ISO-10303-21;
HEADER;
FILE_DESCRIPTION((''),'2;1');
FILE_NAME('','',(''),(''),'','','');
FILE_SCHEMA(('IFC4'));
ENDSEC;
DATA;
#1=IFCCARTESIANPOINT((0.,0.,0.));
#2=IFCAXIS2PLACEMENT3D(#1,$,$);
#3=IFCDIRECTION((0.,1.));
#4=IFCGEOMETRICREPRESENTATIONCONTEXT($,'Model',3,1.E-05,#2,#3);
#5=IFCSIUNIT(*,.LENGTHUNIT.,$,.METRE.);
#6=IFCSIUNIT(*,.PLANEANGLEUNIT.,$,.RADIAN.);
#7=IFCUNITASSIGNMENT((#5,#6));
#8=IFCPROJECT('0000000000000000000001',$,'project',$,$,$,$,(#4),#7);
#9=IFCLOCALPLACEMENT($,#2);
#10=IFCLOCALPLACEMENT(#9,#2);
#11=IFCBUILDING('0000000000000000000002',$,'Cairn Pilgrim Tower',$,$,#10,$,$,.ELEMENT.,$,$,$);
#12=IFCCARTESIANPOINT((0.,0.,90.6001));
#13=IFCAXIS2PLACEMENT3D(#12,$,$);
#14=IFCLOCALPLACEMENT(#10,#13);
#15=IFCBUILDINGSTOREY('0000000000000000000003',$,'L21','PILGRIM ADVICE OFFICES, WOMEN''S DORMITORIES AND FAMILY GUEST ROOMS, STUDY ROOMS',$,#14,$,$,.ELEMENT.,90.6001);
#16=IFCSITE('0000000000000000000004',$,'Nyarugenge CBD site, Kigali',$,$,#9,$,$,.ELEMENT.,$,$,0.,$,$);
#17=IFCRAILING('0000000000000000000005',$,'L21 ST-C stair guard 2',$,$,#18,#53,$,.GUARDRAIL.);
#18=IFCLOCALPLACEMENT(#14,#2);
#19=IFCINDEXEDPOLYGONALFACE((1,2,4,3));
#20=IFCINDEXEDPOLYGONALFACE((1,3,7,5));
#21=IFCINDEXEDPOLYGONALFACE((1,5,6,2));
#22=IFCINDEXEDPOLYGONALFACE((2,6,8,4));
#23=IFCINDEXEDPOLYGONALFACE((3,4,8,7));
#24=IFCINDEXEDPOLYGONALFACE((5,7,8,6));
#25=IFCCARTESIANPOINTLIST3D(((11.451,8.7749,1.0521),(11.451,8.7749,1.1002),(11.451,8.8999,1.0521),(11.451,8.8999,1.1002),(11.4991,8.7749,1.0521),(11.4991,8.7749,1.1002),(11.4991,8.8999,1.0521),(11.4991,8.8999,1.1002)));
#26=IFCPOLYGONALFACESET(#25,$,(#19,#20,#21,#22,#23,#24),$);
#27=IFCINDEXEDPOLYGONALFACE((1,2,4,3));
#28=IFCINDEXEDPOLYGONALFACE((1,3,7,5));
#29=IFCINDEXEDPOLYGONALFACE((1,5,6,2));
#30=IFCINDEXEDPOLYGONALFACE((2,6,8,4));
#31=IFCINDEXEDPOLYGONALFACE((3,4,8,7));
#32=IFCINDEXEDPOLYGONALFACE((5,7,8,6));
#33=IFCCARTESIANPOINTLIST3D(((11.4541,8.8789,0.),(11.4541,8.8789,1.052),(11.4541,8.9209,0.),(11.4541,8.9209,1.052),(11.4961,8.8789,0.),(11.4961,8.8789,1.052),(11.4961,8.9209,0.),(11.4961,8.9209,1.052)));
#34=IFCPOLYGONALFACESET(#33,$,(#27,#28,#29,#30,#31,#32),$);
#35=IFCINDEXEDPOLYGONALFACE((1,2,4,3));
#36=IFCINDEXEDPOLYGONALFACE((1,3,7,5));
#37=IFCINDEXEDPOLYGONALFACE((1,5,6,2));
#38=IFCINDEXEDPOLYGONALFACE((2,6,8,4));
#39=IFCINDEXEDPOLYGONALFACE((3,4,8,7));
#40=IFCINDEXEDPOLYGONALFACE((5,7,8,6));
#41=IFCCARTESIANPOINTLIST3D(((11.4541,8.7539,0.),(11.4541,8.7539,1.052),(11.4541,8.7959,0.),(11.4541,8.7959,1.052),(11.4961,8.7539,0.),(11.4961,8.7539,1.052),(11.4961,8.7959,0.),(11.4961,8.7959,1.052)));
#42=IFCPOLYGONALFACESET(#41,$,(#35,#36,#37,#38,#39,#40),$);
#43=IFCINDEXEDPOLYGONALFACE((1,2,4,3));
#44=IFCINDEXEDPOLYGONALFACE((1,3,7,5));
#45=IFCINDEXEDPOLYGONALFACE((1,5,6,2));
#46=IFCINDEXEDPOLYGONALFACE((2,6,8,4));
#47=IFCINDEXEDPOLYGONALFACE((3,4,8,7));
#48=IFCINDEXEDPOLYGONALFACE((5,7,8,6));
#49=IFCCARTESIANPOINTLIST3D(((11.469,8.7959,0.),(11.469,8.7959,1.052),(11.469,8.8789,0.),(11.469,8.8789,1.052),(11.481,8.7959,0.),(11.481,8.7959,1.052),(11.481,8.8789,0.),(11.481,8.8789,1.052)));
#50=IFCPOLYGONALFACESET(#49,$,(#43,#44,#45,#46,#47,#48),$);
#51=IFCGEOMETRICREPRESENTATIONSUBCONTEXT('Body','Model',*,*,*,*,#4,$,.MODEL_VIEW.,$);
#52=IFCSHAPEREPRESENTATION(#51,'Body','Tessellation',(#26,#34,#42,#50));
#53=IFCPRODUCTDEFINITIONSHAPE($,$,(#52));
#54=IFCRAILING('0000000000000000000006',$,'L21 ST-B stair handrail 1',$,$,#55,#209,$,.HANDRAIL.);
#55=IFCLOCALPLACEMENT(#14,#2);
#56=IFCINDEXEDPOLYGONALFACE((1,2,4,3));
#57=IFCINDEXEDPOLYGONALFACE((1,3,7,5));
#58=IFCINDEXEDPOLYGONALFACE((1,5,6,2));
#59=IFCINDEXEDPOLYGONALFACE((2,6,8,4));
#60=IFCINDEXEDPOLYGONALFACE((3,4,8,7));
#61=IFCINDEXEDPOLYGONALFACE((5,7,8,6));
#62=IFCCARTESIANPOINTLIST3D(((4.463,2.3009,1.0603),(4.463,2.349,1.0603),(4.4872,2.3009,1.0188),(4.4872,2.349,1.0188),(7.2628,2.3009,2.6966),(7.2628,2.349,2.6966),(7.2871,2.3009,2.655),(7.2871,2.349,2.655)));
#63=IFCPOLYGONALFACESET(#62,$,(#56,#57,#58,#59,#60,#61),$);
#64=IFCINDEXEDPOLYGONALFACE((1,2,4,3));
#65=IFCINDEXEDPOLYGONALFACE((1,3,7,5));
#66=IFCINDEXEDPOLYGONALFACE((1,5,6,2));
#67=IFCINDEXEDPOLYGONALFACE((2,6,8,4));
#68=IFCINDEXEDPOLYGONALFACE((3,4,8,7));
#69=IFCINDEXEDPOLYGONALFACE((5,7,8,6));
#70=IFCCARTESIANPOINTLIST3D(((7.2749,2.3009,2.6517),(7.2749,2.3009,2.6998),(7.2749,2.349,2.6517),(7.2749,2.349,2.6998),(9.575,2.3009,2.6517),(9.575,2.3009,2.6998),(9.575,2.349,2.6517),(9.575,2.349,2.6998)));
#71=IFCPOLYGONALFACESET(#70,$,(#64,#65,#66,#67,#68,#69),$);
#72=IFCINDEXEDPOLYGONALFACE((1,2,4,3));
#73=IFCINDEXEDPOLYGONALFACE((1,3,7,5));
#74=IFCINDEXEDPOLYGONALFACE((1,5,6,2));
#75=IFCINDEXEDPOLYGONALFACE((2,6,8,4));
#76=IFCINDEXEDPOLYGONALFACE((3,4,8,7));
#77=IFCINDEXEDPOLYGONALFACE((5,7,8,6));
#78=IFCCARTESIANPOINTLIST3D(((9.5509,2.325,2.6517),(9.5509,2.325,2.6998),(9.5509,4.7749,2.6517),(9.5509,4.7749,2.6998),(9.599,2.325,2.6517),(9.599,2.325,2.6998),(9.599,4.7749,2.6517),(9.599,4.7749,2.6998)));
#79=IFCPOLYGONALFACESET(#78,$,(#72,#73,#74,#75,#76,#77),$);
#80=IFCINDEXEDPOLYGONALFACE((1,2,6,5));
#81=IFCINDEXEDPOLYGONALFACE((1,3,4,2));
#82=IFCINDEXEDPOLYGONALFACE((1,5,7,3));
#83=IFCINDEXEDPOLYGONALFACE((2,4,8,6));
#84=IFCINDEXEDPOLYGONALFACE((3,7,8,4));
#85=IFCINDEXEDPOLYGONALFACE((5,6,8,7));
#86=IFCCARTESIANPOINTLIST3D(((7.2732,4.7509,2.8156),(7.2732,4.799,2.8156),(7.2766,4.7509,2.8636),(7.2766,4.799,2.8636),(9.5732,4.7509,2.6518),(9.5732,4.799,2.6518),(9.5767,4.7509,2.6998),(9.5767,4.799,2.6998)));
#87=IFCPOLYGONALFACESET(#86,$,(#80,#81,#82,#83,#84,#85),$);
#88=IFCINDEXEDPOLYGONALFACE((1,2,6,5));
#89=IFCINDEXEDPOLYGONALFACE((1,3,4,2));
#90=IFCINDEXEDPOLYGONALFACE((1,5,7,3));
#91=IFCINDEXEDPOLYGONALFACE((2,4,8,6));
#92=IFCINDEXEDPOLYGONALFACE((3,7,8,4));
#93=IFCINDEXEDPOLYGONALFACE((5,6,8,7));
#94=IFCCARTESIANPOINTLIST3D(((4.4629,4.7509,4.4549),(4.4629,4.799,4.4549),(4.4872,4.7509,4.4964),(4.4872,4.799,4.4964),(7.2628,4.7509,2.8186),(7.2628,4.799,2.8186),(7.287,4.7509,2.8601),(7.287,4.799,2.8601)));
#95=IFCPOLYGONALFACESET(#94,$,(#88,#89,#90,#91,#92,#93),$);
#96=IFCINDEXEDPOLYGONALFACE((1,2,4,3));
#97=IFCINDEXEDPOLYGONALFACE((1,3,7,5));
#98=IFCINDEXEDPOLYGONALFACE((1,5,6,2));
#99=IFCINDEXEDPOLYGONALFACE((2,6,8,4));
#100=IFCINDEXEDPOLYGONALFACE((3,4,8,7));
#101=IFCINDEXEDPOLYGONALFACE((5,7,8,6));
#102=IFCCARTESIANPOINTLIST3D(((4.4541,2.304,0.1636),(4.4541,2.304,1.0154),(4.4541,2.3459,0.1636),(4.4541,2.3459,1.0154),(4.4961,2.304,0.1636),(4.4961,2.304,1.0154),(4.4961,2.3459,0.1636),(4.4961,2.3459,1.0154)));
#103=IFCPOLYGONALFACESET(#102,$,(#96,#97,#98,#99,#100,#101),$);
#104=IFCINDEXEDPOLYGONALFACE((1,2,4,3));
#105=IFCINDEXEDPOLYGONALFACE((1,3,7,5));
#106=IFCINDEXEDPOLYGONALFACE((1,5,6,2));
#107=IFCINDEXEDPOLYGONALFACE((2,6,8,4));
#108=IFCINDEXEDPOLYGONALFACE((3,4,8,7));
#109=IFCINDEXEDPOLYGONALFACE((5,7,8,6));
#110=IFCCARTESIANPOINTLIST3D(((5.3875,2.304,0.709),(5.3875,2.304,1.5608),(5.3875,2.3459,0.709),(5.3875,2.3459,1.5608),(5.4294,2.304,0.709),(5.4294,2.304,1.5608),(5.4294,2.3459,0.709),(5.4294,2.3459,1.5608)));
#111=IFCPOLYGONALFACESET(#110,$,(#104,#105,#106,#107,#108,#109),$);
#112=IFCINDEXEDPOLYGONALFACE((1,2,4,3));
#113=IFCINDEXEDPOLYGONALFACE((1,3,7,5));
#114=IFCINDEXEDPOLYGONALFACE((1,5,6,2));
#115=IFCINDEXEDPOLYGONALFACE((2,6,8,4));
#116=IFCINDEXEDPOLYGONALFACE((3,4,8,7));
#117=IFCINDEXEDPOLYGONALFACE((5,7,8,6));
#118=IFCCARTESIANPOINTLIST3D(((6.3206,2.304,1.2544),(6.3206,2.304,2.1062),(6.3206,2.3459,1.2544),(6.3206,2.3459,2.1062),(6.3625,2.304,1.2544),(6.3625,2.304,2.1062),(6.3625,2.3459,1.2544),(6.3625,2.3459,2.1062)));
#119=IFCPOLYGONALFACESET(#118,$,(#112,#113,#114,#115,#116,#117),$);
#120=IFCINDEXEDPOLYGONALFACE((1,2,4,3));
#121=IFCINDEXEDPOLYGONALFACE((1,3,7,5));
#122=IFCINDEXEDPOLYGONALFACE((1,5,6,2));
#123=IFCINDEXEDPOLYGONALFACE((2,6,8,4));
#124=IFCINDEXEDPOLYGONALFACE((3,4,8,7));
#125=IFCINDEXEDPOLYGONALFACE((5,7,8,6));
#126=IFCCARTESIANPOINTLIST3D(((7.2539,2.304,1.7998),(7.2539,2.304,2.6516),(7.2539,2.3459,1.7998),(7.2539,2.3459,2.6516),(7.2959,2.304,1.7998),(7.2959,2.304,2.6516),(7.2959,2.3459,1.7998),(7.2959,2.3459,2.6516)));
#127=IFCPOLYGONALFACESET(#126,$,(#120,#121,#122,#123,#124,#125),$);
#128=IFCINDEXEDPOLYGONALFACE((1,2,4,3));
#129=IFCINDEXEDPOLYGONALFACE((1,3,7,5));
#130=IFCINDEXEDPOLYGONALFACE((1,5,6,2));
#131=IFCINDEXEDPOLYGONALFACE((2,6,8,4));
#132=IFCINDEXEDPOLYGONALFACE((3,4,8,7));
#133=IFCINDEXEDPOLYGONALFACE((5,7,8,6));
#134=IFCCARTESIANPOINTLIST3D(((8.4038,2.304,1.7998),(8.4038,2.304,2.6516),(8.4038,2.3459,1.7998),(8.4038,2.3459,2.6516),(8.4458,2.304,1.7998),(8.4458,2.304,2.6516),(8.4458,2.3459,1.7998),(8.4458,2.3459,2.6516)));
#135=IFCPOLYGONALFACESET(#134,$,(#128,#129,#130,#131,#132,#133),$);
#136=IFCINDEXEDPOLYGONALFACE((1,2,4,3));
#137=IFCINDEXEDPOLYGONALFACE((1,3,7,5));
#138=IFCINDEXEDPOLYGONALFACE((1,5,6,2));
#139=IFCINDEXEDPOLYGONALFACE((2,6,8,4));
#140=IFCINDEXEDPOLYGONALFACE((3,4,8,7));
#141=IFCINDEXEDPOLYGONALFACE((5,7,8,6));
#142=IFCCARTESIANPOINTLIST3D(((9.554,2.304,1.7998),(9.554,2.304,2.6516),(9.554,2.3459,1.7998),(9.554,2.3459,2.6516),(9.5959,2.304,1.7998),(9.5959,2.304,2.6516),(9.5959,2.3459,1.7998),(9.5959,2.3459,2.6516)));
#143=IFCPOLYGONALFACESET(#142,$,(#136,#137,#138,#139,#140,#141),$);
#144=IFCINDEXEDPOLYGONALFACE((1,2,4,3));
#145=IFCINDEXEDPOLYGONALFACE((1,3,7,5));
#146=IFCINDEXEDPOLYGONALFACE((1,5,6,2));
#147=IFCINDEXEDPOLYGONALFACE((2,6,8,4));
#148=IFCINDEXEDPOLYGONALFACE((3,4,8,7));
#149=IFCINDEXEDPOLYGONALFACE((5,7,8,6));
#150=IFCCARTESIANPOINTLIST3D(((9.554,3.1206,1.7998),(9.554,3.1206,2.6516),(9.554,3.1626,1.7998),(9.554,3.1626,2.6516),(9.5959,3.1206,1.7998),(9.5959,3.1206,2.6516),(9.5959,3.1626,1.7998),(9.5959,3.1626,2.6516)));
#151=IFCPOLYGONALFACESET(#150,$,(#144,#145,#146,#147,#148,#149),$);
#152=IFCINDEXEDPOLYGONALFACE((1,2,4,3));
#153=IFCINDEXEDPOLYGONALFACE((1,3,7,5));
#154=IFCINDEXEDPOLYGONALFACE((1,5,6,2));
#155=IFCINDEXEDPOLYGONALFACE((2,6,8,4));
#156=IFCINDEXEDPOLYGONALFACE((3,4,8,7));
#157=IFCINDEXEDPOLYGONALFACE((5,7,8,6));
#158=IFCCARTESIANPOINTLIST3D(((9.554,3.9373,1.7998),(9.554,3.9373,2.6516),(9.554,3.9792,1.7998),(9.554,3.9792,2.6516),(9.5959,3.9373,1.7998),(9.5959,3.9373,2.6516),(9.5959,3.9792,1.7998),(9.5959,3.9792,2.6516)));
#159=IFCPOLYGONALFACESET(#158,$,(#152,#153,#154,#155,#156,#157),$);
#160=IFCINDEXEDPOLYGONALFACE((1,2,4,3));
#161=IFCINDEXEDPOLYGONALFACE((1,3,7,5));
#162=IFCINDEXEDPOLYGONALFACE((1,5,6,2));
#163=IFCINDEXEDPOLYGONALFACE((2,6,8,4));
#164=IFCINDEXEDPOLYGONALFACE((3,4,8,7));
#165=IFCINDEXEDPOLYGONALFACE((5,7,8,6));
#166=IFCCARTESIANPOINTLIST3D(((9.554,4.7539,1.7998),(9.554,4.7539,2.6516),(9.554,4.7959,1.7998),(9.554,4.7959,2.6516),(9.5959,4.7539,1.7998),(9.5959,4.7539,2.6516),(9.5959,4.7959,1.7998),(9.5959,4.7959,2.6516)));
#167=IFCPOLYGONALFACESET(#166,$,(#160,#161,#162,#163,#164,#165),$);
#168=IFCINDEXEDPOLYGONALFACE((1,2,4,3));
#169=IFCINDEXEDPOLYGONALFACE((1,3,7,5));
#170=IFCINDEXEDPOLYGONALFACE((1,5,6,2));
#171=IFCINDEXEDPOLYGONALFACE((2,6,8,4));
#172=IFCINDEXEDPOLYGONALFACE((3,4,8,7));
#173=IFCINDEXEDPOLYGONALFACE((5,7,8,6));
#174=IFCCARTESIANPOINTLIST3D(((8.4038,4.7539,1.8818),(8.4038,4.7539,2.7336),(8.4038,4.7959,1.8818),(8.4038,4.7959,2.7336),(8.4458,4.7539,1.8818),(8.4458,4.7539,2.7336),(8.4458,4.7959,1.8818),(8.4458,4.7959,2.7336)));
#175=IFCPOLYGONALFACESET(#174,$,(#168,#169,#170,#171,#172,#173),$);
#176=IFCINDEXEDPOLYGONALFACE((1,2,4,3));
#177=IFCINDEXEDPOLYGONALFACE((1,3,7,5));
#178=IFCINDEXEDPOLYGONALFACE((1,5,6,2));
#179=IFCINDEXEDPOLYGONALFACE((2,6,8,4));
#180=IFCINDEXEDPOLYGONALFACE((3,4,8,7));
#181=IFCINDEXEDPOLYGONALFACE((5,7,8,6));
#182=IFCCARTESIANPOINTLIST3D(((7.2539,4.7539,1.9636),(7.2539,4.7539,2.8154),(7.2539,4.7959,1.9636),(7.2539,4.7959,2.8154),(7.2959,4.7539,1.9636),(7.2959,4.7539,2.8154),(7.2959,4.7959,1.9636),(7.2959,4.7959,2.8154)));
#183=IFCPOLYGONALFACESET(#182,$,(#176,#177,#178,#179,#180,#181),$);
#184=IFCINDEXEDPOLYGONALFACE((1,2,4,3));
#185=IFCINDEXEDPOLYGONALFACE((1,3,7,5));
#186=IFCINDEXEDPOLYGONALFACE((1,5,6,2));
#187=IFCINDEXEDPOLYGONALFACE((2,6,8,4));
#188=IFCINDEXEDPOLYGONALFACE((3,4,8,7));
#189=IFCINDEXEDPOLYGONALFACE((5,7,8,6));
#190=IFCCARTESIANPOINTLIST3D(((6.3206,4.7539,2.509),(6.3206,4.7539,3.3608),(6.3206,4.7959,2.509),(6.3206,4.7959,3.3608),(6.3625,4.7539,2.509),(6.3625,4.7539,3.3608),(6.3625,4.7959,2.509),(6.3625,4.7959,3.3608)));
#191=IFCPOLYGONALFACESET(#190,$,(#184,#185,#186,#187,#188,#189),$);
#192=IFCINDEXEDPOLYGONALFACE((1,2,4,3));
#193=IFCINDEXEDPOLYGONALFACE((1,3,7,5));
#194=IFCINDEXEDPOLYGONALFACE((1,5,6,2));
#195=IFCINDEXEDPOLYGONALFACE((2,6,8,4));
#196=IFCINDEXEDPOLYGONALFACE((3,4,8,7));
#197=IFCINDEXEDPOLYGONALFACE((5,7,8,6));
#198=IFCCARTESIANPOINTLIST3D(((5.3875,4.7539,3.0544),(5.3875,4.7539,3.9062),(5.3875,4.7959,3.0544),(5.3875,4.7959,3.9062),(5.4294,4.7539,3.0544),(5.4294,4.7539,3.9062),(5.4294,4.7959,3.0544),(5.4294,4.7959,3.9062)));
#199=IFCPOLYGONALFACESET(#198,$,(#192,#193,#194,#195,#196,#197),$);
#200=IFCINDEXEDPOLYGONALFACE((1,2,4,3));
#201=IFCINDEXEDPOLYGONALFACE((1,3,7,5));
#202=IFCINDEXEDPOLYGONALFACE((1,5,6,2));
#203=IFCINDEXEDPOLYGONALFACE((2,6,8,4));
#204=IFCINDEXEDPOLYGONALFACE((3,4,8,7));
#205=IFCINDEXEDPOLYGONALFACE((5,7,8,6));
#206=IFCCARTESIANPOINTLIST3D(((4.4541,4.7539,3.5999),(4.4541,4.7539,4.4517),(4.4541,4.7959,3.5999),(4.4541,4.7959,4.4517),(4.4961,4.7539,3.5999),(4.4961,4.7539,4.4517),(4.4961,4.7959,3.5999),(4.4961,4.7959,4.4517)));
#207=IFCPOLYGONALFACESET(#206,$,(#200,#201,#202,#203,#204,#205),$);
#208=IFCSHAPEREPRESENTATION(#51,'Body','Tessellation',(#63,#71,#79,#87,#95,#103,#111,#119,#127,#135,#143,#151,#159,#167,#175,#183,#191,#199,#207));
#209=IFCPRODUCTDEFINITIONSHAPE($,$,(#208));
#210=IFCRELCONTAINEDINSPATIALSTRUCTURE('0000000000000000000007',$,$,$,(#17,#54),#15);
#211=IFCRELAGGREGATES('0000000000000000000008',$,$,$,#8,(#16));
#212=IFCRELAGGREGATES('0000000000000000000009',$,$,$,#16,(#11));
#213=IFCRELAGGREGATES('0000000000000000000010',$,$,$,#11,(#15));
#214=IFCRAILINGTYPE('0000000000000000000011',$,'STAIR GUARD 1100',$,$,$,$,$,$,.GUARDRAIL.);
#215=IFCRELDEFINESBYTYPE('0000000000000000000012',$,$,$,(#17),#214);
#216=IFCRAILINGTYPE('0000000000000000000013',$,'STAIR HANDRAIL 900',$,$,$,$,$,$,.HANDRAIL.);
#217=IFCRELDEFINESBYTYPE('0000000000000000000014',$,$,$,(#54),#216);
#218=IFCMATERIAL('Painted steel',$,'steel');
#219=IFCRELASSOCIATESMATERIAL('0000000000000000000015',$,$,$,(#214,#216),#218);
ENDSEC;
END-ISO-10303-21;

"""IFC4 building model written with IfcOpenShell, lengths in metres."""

from ifc_helpers import new_model, si_unit, direction, frame, origin, origin_2d, place, context, subcontext, project, spatial, polyline, rectangle, outline, extrude, material, type_object, element, save


model = new_model("IFC4")

# Units and contexts
model_context = context("Model", 3, precision=1e-05, world=origin(), true_north=direction((0.0, 1.0)))
body_context = subcontext(model_context, "Body", "Model", "MODEL_VIEW")
ifc_project = project(units=[si_unit("LENGTHUNIT", "METRE"), si_unit("PLANEANGLEUNIT", "RADIAN")], contexts=[model_context])

# Site, building, storey
site_placement = place(None, origin())
site = spatial("IfcSite", under=ifc_project, at=site_placement, Name="Nyarugenge CBD site, Kigali", CompositionType="ELEMENT", RefElevation=0.0)
building_placement = place(site_placement, origin())
building = spatial("IfcBuilding", under=site, at=building_placement, Name="Cairn Pilgrim Tower", CompositionType="ELEMENT")
storey_placement = place(building_placement, frame((0.0, 0.0, 90.6001)))
storey = spatial("IfcBuildingStorey", under=building, at=storey_placement, Name="L21", Description="PILGRIM ADVICE OFFICES, WOMEN'S DORMITORIES AND FAMILY GUEST ROOMS, STUDY ROOMS", CompositionType="ELEMENT", Elevation=90.6001)

# Shared definitions
ifc_material_1 = material(Name="Painted steel", Category="steel")

# Railings
railing_type_1 = type_object("IfcRailingType", Name="STAIR GUARD 1100", PredefinedType="GUARDRAIL", material=ifc_material_1)
railing_1_placement = place(storey_placement, frame((11.4751, 8.8999, 0.0)))
element("IfcRailing", 1, at=railing_1_placement, inside=storey, type_object=railing_type_1, Name="L21 ST-C stair guard 2", PredefinedType="GUARDRAIL", context=body_context, shape_type="SweptSolid", body=[
    extrude(rectangle(XDim=0.0481, YDim=0.0481, at=origin_2d()), frame((0.0, 0.0, 1.0762), z_axis=(0.0, -1.0, 0.0), x_axis=(1.0, 0.0, 0.0)), (0.0, 0.0, 1.0), 0.125),
    extrude(rectangle(XDim=0.042, YDim=0.042, at=origin_2d()), origin(), (0.0, 0.0, 1.0), 1.052),
    extrude(rectangle(XDim=0.042, YDim=0.042, at=origin_2d()), frame((0.0, -0.125, 0.0)), (0.0, 0.0, 1.0), 1.052),
    extrude(outline(polyline([(0.021, 0.0), (0.104, 0.0), (0.104, 1.052), (0.021, 1.052), (0.021, 0.0)])), frame((0.0059, 0.0, 0.0), z_axis=(-1.0, 0.0, 0.0), x_axis=(0.0, -1.0, 0.0)), (0.0, 0.0, 1.0), 0.012),
])
railing_type_2 = type_object("IfcRailingType", Name="STAIR HANDRAIL 900", PredefinedType="HANDRAIL", material=ifc_material_1)
railing_2_placement = place(storey_placement, frame((4.4751, 2.325, 0.1636)))
element("IfcRailing", 2, at=railing_2_placement, inside=storey, type_object=railing_type_2, Name="L21 ST-B stair handrail 1", PredefinedType="HANDRAIL", context=body_context, shape_type="SweptSolid", body=[
    extrude(rectangle(XDim=0.0481, YDim=0.0481, at=origin_2d()), frame((0.0, 0.0, 0.876), z_axis=(0.863374, 0.0, 0.504564), x_axis=(0.0, 1.0, 0.0)), (0.0, 0.0, 1.0), 3.2429),
    extrude(rectangle(XDim=0.0481, YDim=0.0481, at=origin_2d()), frame((2.7998, 0.0, 2.5122), z_axis=(1.0, 0.0, 0.0), x_axis=(0.0, 1.0, 0.0)), (0.0, 0.0, 1.0), 2.3),
    extrude(rectangle(XDim=0.0481, YDim=0.0481, at=origin_2d()), frame((5.0999, 0.0, 2.5122), z_axis=(0.0, 1.0, 0.0), x_axis=(-1.0, 0.0, 0.0)), (0.0, 0.0, 1.0), 2.45),
    extrude(rectangle(XDim=0.0481, YDim=0.0481, at=origin_2d()), frame((5.0999, 2.45, 2.5122), z_axis=(-0.997473, 0.0, 0.071044), x_axis=(0.0, -1.0, 0.0)), (0.0, 0.0, 1.0), 2.3059),
    extrude(rectangle(XDim=0.0481, YDim=0.0481, at=origin_2d()), frame((2.7998, 2.45, 2.6758), z_axis=(-0.863374, 0.0, 0.504564), x_axis=(0.0, -1.0, 0.0)), (0.0, 0.0, 1.0), 3.2429),
    extrude(rectangle(XDim=0.042, YDim=0.042, at=origin_2d()), origin(), (0.0, 0.0, 1.0), 0.8518),
    extrude(rectangle(XDim=0.042, YDim=0.042, at=origin_2d()), frame((0.9333, 0.0, 0.5454)), (0.0, 0.0, 1.0), 0.8518),
    extrude(rectangle(XDim=0.042, YDim=0.042, at=origin_2d()), frame((1.8665, 0.0, 1.0908)), (0.0, 0.0, 1.0), 0.8518),
    extrude(rectangle(XDim=0.042, YDim=0.042, at=origin_2d()), frame((2.7998, 0.0, 1.6362)), (0.0, 0.0, 1.0), 0.8518),
    extrude(rectangle(XDim=0.042, YDim=0.042, at=origin_2d()), frame((3.9497, 0.0, 1.6362)), (0.0, 0.0, 1.0), 0.8518),
    extrude(rectangle(XDim=0.042, YDim=0.042, at=origin_2d()), frame((5.0999, 0.0, 1.6362)), (0.0, 0.0, 1.0), 0.8518),
    extrude(rectangle(XDim=0.042, YDim=0.042, at=origin_2d()), frame((5.0999, 0.8167, 1.6362)), (0.0, 0.0, 1.0), 0.8518),
    extrude(rectangle(XDim=0.042, YDim=0.042, at=origin_2d()), frame((5.0999, 1.6333, 1.6362)), (0.0, 0.0, 1.0), 0.8518),
    extrude(rectangle(XDim=0.042, YDim=0.042, at=origin_2d()), frame((5.0999, 2.45, 1.6362)), (0.0, 0.0, 1.0), 0.8518),
    extrude(rectangle(XDim=0.042, YDim=0.042, at=origin_2d()), frame((3.9497, 2.45, 1.7183)), (0.0, 0.0, 1.0), 0.8518),
    extrude(rectangle(XDim=0.042, YDim=0.042, at=origin_2d()), frame((2.7998, 2.45, 1.8)), (0.0, 0.0, 1.0), 0.8518),
    extrude(rectangle(XDim=0.042, YDim=0.042, at=origin_2d()), frame((1.8665, 2.45, 2.3455)), (0.0, 0.0, 1.0), 0.8518),
    extrude(rectangle(XDim=0.042, YDim=0.042, at=origin_2d()), frame((0.9333, 2.45, 2.8909)), (0.0, 0.0, 1.0), 0.8518),
    extrude(rectangle(XDim=0.042, YDim=0.042, at=origin_2d()), frame((0.0, 2.45, 3.4363)), (0.0, 0.0, 1.0), 0.8518),
])

save(model, "model.ifc")
